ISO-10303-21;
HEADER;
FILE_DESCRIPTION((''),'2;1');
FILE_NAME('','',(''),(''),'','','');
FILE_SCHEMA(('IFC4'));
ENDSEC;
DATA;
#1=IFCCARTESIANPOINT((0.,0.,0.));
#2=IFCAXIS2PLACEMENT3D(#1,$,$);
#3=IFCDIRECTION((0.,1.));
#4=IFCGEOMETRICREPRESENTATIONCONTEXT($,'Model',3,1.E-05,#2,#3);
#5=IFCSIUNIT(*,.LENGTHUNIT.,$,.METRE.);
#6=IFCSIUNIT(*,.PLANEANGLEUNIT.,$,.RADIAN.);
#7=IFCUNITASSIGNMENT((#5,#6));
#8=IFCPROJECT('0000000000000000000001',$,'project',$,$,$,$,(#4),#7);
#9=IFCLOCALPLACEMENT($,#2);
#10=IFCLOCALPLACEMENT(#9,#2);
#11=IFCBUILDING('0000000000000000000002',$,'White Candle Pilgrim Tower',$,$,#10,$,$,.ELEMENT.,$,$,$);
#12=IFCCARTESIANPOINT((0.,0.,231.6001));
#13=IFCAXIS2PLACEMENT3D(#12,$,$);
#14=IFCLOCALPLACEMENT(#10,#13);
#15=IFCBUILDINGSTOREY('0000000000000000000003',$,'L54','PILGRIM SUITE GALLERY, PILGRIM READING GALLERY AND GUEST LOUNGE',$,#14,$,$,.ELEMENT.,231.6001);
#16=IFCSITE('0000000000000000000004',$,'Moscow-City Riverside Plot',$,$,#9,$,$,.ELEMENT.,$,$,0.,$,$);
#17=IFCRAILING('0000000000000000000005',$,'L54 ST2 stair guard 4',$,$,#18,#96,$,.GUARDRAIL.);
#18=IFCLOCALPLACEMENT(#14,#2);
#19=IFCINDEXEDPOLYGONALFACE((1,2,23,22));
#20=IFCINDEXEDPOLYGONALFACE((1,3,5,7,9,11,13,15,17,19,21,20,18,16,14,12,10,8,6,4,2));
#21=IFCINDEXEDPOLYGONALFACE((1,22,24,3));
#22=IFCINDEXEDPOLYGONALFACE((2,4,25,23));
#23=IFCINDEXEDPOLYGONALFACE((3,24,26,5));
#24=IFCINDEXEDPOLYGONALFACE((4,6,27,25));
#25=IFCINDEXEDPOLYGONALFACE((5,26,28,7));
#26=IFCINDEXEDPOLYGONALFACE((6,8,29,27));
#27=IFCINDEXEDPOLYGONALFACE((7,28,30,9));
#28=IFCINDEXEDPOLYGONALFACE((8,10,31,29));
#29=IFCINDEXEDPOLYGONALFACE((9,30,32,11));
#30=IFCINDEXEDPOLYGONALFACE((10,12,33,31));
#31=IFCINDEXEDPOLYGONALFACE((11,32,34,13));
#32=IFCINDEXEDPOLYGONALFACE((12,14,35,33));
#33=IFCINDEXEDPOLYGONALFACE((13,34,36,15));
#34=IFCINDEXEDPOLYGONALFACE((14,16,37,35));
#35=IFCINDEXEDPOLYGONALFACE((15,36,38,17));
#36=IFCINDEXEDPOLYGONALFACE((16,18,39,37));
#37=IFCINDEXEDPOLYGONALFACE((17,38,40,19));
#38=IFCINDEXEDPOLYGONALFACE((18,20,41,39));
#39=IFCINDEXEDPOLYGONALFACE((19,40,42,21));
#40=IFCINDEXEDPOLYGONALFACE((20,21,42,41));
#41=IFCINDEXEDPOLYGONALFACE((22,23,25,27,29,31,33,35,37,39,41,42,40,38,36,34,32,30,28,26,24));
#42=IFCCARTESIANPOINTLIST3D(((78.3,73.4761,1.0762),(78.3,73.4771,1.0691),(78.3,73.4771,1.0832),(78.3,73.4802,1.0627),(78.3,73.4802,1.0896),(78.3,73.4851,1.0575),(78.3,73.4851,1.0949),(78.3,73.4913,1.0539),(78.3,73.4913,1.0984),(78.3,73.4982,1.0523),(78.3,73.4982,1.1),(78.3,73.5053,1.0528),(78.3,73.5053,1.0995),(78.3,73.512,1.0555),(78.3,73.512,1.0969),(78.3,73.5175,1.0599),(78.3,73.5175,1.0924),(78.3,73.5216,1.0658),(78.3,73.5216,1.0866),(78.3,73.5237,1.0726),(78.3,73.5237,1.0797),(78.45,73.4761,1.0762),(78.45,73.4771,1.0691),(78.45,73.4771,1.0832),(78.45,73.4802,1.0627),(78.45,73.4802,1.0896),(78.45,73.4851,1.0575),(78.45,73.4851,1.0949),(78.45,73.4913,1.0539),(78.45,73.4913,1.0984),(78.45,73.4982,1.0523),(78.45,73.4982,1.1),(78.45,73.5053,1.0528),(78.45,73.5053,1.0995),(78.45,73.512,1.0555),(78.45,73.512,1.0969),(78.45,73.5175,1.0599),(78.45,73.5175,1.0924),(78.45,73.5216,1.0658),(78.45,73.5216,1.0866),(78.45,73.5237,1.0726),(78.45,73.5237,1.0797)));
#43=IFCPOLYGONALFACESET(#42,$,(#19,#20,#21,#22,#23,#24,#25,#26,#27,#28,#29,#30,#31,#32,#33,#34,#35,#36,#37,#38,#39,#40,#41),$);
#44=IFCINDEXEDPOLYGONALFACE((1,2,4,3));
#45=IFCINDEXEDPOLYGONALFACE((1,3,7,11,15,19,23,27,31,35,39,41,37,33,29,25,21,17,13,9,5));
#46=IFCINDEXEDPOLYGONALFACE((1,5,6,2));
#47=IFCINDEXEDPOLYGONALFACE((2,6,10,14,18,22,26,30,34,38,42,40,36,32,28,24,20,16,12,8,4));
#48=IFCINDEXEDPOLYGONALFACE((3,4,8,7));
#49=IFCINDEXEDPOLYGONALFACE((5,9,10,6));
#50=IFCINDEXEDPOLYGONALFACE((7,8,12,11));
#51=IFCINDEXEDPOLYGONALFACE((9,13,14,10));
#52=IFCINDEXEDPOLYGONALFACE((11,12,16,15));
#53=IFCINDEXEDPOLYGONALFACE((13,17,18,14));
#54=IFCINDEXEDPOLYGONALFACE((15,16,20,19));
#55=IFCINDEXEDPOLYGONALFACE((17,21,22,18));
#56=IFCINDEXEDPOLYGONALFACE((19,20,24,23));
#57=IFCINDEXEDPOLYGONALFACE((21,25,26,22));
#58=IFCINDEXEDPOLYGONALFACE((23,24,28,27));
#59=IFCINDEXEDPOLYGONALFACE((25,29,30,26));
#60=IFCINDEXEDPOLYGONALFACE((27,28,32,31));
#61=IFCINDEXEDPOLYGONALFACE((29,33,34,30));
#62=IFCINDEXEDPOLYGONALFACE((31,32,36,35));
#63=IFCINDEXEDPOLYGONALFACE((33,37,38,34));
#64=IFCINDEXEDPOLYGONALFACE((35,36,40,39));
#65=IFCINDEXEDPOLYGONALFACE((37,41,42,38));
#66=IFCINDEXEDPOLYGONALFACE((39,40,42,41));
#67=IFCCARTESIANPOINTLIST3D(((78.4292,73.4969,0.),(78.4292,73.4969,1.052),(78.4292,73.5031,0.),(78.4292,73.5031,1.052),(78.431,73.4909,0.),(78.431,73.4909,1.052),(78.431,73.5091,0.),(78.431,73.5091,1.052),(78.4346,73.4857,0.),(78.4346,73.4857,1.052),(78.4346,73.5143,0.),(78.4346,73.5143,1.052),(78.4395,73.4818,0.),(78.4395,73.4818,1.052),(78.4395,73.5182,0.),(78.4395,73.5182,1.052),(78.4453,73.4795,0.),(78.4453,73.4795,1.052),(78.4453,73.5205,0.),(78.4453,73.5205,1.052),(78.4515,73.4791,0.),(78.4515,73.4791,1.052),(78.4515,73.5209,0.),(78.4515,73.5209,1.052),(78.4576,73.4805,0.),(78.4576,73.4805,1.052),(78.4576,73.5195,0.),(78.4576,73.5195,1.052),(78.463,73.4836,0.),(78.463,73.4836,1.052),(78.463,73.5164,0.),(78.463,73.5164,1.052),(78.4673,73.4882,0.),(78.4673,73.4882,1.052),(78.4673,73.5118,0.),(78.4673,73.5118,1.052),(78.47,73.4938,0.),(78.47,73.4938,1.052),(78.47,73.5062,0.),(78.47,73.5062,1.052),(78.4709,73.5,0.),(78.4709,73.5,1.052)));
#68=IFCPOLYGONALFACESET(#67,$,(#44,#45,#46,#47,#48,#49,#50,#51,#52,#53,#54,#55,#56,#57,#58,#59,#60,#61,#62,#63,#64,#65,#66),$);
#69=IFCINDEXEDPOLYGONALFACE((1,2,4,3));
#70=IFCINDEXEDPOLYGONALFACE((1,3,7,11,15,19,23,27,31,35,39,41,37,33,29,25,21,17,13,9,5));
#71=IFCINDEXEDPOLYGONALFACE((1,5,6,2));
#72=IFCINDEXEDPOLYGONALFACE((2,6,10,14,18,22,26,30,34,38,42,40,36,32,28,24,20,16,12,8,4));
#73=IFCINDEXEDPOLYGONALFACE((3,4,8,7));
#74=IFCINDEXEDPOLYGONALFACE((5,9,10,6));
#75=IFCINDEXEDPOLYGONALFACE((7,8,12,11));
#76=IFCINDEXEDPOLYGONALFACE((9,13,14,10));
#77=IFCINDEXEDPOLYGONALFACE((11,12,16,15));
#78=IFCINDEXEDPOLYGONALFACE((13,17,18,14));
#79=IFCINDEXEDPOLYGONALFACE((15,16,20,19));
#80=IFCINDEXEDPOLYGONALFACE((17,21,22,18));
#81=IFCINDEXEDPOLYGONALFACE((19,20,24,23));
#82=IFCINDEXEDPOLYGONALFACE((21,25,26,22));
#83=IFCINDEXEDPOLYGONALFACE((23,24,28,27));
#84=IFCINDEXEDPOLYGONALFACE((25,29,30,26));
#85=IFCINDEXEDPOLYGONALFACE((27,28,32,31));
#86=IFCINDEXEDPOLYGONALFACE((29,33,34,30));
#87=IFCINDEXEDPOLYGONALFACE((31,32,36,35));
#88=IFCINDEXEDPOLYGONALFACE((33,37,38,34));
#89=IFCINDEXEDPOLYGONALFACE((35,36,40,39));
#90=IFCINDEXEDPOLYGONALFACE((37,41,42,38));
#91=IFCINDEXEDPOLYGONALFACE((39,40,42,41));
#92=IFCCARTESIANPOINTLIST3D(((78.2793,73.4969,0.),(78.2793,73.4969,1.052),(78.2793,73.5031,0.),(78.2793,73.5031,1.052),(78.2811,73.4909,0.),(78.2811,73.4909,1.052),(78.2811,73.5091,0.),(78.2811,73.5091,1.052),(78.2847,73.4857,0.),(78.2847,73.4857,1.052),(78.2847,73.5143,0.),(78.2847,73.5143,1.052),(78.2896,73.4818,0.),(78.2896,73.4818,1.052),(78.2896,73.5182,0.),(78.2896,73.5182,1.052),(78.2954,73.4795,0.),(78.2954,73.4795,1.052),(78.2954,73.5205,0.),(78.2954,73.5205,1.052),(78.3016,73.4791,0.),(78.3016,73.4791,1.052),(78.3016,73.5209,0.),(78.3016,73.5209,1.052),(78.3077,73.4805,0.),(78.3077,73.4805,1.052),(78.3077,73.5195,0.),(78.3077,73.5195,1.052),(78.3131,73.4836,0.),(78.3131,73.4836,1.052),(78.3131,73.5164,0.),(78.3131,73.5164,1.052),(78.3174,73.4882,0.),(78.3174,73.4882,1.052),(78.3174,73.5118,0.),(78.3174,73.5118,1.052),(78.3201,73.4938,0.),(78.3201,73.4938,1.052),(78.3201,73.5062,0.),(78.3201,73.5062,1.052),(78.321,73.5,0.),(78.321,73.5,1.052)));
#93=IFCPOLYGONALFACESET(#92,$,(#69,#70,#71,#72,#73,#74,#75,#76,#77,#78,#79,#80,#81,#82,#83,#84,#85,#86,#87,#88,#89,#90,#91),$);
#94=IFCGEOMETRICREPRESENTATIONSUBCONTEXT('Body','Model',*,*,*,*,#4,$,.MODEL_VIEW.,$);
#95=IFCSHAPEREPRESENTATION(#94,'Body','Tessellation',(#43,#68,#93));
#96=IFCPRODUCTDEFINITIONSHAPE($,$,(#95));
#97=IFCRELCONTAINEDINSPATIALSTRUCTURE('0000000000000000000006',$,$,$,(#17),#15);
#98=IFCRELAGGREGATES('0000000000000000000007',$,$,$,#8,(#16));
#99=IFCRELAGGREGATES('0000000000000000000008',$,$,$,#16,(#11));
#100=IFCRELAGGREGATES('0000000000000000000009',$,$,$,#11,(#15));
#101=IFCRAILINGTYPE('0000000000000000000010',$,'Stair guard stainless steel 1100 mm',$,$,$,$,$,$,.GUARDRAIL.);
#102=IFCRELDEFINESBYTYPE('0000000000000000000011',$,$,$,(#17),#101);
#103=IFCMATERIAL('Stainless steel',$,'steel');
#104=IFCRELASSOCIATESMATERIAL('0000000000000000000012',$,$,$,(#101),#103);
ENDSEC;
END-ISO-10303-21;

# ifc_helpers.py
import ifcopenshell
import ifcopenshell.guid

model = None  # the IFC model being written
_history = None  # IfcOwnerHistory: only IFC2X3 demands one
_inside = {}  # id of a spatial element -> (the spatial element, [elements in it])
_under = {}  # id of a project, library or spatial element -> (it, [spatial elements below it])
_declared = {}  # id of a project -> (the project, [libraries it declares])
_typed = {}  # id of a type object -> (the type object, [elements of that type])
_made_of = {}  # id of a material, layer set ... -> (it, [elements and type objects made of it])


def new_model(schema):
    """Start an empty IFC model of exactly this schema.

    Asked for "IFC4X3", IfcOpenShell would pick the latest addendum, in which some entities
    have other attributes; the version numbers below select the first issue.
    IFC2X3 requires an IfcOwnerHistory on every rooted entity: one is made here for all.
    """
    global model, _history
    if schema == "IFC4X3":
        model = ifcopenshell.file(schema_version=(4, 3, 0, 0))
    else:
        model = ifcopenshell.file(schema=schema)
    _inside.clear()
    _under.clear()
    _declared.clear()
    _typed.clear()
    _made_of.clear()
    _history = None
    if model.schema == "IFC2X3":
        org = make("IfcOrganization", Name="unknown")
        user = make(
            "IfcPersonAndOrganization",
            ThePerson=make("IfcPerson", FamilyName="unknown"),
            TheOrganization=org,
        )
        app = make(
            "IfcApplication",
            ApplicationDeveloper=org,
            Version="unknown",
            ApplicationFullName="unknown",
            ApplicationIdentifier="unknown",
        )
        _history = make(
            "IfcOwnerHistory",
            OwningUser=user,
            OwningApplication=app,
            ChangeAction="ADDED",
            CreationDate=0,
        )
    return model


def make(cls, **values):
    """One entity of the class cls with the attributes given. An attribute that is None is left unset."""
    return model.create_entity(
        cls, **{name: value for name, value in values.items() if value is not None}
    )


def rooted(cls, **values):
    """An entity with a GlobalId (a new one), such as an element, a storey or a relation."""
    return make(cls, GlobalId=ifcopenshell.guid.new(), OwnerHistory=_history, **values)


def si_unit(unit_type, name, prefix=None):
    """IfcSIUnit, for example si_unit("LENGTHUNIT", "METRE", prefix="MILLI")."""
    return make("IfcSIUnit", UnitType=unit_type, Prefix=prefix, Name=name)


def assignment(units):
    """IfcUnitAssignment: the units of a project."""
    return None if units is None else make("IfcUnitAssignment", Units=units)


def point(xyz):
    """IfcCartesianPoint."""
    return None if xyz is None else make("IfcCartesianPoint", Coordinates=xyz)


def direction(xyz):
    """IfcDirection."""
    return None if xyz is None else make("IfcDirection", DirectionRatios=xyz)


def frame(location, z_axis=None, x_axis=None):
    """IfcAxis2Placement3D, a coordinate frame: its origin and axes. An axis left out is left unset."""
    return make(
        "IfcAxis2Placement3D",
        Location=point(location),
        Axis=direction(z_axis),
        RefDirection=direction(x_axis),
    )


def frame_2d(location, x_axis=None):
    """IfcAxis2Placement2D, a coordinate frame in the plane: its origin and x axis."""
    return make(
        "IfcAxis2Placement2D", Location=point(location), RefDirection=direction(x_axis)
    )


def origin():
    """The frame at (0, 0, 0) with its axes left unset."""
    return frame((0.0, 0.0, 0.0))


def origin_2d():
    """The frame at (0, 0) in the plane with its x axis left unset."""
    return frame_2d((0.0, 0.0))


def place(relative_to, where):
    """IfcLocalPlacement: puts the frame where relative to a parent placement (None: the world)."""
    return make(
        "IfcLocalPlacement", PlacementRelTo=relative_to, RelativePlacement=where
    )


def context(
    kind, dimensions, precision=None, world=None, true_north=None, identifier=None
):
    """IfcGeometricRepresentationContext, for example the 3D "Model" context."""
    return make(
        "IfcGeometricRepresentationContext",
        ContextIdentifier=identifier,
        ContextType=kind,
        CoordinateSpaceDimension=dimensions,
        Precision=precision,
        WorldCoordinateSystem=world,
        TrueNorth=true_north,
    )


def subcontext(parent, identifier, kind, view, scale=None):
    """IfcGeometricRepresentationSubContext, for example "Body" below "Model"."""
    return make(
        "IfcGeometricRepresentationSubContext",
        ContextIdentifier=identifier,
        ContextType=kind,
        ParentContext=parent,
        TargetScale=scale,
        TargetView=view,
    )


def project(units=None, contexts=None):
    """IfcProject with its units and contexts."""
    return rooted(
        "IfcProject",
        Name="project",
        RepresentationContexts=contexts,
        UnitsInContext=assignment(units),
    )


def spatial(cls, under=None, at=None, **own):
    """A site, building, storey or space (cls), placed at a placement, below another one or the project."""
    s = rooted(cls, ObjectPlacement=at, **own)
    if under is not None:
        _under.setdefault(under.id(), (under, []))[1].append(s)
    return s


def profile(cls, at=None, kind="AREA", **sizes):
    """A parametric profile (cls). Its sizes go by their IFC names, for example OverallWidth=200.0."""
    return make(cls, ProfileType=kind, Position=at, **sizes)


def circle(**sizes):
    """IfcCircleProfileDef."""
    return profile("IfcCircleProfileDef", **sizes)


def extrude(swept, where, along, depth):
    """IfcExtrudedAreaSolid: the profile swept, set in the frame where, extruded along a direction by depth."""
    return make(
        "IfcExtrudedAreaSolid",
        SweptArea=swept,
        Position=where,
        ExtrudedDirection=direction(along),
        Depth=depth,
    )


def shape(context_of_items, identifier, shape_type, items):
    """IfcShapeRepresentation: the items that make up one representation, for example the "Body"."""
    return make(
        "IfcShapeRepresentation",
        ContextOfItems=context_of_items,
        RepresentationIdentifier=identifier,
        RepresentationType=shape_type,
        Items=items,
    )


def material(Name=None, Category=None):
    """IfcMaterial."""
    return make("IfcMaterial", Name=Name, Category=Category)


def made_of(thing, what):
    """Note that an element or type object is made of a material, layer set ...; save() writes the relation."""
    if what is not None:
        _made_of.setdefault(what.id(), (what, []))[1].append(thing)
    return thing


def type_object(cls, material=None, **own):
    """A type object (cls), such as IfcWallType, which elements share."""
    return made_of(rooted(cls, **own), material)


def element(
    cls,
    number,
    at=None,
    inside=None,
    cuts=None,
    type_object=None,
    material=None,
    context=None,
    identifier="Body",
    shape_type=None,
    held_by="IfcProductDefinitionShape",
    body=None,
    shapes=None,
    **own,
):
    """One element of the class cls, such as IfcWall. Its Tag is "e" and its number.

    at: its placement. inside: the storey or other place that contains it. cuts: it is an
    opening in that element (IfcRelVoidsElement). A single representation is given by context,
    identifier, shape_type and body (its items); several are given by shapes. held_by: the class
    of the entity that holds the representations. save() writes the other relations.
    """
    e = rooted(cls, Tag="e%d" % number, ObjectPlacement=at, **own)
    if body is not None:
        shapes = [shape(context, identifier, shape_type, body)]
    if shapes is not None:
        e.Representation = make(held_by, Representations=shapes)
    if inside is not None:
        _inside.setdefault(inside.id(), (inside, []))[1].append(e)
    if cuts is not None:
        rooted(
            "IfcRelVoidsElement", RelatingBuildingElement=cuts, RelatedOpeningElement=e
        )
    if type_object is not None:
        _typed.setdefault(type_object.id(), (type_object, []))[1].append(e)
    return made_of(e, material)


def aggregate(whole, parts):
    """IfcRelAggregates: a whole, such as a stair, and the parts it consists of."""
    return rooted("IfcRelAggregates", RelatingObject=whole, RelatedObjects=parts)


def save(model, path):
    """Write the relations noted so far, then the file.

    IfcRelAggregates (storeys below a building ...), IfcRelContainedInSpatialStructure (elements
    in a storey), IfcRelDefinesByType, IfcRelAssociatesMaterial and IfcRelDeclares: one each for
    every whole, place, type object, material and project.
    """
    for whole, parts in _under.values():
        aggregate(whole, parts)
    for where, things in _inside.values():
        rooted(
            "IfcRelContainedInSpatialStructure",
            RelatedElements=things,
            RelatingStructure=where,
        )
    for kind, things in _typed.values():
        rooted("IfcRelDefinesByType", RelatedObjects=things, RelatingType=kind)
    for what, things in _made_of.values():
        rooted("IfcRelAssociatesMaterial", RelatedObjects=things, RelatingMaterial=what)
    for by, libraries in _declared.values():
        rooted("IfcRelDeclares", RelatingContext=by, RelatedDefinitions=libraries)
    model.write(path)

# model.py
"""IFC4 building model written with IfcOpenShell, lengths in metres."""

from ifc_helpers import new_model, si_unit, direction, frame, origin, origin_2d, place, context, subcontext, project, spatial, circle, extrude, material, type_object, element, save


model = new_model("IFC4")

# Units and contexts
model_context = context("Model", 3, precision=1e-05, world=origin(), true_north=direction((0.0, 1.0)))
body_context = subcontext(model_context, "Body", "Model", "MODEL_VIEW")
ifc_project = project(units=[si_unit("LENGTHUNIT", "METRE"), si_unit("PLANEANGLEUNIT", "RADIAN")], contexts=[model_context])

# Site, building, storey
site_placement = place(None, origin())
site = spatial("IfcSite", under=ifc_project, at=site_placement, Name="Moscow-City Riverside Plot", CompositionType="ELEMENT", RefElevation=0.0)
building_placement = place(site_placement, origin())
building = spatial("IfcBuilding", under=site, at=building_placement, Name="White Candle Pilgrim Tower", CompositionType="ELEMENT")
storey_placement = place(building_placement, frame((0.0, 0.0, 231.6001)))
storey = spatial("IfcBuildingStorey", under=building, at=storey_placement, Name="L54", Description="PILGRIM SUITE GALLERY, PILGRIM READING GALLERY AND GUEST LOUNGE", CompositionType="ELEMENT", Elevation=231.6001)

# Railing
ifc_material_1 = material(Name="Stainless steel", Category="steel")
railing_type_1 = type_object("IfcRailingType", Name="Stair guard stainless steel 1100 mm", PredefinedType="GUARDRAIL", material=ifc_material_1)
railing_1_placement = place(storey_placement, frame((78.45, 73.5, 0.0)))
element("IfcRailing", 1, at=railing_1_placement, inside=storey, type_object=railing_type_1, Name="L54 ST2 stair guard 4", PredefinedType="GUARDRAIL", context=body_context, shape_type="SweptSolid", body=[
    extrude(circle(Radius=0.0239, at=origin_2d()), frame((0.0, 0.0, 1.0762), z_axis=(-1.0, 0.0, 0.0), x_axis=(0.0, -1.0, 0.0)), (0.0, 0.0, 1.0), 0.1499),
    extrude(circle(Radius=0.021, at=origin_2d()), origin(), (0.0, 0.0, 1.0), 1.052),
    extrude(circle(Radius=0.021, at=origin_2d()), frame((-0.1499, 0.0, 0.0)), (0.0, 0.0, 1.0), 1.052),
])

save(model, "model.ifc")
